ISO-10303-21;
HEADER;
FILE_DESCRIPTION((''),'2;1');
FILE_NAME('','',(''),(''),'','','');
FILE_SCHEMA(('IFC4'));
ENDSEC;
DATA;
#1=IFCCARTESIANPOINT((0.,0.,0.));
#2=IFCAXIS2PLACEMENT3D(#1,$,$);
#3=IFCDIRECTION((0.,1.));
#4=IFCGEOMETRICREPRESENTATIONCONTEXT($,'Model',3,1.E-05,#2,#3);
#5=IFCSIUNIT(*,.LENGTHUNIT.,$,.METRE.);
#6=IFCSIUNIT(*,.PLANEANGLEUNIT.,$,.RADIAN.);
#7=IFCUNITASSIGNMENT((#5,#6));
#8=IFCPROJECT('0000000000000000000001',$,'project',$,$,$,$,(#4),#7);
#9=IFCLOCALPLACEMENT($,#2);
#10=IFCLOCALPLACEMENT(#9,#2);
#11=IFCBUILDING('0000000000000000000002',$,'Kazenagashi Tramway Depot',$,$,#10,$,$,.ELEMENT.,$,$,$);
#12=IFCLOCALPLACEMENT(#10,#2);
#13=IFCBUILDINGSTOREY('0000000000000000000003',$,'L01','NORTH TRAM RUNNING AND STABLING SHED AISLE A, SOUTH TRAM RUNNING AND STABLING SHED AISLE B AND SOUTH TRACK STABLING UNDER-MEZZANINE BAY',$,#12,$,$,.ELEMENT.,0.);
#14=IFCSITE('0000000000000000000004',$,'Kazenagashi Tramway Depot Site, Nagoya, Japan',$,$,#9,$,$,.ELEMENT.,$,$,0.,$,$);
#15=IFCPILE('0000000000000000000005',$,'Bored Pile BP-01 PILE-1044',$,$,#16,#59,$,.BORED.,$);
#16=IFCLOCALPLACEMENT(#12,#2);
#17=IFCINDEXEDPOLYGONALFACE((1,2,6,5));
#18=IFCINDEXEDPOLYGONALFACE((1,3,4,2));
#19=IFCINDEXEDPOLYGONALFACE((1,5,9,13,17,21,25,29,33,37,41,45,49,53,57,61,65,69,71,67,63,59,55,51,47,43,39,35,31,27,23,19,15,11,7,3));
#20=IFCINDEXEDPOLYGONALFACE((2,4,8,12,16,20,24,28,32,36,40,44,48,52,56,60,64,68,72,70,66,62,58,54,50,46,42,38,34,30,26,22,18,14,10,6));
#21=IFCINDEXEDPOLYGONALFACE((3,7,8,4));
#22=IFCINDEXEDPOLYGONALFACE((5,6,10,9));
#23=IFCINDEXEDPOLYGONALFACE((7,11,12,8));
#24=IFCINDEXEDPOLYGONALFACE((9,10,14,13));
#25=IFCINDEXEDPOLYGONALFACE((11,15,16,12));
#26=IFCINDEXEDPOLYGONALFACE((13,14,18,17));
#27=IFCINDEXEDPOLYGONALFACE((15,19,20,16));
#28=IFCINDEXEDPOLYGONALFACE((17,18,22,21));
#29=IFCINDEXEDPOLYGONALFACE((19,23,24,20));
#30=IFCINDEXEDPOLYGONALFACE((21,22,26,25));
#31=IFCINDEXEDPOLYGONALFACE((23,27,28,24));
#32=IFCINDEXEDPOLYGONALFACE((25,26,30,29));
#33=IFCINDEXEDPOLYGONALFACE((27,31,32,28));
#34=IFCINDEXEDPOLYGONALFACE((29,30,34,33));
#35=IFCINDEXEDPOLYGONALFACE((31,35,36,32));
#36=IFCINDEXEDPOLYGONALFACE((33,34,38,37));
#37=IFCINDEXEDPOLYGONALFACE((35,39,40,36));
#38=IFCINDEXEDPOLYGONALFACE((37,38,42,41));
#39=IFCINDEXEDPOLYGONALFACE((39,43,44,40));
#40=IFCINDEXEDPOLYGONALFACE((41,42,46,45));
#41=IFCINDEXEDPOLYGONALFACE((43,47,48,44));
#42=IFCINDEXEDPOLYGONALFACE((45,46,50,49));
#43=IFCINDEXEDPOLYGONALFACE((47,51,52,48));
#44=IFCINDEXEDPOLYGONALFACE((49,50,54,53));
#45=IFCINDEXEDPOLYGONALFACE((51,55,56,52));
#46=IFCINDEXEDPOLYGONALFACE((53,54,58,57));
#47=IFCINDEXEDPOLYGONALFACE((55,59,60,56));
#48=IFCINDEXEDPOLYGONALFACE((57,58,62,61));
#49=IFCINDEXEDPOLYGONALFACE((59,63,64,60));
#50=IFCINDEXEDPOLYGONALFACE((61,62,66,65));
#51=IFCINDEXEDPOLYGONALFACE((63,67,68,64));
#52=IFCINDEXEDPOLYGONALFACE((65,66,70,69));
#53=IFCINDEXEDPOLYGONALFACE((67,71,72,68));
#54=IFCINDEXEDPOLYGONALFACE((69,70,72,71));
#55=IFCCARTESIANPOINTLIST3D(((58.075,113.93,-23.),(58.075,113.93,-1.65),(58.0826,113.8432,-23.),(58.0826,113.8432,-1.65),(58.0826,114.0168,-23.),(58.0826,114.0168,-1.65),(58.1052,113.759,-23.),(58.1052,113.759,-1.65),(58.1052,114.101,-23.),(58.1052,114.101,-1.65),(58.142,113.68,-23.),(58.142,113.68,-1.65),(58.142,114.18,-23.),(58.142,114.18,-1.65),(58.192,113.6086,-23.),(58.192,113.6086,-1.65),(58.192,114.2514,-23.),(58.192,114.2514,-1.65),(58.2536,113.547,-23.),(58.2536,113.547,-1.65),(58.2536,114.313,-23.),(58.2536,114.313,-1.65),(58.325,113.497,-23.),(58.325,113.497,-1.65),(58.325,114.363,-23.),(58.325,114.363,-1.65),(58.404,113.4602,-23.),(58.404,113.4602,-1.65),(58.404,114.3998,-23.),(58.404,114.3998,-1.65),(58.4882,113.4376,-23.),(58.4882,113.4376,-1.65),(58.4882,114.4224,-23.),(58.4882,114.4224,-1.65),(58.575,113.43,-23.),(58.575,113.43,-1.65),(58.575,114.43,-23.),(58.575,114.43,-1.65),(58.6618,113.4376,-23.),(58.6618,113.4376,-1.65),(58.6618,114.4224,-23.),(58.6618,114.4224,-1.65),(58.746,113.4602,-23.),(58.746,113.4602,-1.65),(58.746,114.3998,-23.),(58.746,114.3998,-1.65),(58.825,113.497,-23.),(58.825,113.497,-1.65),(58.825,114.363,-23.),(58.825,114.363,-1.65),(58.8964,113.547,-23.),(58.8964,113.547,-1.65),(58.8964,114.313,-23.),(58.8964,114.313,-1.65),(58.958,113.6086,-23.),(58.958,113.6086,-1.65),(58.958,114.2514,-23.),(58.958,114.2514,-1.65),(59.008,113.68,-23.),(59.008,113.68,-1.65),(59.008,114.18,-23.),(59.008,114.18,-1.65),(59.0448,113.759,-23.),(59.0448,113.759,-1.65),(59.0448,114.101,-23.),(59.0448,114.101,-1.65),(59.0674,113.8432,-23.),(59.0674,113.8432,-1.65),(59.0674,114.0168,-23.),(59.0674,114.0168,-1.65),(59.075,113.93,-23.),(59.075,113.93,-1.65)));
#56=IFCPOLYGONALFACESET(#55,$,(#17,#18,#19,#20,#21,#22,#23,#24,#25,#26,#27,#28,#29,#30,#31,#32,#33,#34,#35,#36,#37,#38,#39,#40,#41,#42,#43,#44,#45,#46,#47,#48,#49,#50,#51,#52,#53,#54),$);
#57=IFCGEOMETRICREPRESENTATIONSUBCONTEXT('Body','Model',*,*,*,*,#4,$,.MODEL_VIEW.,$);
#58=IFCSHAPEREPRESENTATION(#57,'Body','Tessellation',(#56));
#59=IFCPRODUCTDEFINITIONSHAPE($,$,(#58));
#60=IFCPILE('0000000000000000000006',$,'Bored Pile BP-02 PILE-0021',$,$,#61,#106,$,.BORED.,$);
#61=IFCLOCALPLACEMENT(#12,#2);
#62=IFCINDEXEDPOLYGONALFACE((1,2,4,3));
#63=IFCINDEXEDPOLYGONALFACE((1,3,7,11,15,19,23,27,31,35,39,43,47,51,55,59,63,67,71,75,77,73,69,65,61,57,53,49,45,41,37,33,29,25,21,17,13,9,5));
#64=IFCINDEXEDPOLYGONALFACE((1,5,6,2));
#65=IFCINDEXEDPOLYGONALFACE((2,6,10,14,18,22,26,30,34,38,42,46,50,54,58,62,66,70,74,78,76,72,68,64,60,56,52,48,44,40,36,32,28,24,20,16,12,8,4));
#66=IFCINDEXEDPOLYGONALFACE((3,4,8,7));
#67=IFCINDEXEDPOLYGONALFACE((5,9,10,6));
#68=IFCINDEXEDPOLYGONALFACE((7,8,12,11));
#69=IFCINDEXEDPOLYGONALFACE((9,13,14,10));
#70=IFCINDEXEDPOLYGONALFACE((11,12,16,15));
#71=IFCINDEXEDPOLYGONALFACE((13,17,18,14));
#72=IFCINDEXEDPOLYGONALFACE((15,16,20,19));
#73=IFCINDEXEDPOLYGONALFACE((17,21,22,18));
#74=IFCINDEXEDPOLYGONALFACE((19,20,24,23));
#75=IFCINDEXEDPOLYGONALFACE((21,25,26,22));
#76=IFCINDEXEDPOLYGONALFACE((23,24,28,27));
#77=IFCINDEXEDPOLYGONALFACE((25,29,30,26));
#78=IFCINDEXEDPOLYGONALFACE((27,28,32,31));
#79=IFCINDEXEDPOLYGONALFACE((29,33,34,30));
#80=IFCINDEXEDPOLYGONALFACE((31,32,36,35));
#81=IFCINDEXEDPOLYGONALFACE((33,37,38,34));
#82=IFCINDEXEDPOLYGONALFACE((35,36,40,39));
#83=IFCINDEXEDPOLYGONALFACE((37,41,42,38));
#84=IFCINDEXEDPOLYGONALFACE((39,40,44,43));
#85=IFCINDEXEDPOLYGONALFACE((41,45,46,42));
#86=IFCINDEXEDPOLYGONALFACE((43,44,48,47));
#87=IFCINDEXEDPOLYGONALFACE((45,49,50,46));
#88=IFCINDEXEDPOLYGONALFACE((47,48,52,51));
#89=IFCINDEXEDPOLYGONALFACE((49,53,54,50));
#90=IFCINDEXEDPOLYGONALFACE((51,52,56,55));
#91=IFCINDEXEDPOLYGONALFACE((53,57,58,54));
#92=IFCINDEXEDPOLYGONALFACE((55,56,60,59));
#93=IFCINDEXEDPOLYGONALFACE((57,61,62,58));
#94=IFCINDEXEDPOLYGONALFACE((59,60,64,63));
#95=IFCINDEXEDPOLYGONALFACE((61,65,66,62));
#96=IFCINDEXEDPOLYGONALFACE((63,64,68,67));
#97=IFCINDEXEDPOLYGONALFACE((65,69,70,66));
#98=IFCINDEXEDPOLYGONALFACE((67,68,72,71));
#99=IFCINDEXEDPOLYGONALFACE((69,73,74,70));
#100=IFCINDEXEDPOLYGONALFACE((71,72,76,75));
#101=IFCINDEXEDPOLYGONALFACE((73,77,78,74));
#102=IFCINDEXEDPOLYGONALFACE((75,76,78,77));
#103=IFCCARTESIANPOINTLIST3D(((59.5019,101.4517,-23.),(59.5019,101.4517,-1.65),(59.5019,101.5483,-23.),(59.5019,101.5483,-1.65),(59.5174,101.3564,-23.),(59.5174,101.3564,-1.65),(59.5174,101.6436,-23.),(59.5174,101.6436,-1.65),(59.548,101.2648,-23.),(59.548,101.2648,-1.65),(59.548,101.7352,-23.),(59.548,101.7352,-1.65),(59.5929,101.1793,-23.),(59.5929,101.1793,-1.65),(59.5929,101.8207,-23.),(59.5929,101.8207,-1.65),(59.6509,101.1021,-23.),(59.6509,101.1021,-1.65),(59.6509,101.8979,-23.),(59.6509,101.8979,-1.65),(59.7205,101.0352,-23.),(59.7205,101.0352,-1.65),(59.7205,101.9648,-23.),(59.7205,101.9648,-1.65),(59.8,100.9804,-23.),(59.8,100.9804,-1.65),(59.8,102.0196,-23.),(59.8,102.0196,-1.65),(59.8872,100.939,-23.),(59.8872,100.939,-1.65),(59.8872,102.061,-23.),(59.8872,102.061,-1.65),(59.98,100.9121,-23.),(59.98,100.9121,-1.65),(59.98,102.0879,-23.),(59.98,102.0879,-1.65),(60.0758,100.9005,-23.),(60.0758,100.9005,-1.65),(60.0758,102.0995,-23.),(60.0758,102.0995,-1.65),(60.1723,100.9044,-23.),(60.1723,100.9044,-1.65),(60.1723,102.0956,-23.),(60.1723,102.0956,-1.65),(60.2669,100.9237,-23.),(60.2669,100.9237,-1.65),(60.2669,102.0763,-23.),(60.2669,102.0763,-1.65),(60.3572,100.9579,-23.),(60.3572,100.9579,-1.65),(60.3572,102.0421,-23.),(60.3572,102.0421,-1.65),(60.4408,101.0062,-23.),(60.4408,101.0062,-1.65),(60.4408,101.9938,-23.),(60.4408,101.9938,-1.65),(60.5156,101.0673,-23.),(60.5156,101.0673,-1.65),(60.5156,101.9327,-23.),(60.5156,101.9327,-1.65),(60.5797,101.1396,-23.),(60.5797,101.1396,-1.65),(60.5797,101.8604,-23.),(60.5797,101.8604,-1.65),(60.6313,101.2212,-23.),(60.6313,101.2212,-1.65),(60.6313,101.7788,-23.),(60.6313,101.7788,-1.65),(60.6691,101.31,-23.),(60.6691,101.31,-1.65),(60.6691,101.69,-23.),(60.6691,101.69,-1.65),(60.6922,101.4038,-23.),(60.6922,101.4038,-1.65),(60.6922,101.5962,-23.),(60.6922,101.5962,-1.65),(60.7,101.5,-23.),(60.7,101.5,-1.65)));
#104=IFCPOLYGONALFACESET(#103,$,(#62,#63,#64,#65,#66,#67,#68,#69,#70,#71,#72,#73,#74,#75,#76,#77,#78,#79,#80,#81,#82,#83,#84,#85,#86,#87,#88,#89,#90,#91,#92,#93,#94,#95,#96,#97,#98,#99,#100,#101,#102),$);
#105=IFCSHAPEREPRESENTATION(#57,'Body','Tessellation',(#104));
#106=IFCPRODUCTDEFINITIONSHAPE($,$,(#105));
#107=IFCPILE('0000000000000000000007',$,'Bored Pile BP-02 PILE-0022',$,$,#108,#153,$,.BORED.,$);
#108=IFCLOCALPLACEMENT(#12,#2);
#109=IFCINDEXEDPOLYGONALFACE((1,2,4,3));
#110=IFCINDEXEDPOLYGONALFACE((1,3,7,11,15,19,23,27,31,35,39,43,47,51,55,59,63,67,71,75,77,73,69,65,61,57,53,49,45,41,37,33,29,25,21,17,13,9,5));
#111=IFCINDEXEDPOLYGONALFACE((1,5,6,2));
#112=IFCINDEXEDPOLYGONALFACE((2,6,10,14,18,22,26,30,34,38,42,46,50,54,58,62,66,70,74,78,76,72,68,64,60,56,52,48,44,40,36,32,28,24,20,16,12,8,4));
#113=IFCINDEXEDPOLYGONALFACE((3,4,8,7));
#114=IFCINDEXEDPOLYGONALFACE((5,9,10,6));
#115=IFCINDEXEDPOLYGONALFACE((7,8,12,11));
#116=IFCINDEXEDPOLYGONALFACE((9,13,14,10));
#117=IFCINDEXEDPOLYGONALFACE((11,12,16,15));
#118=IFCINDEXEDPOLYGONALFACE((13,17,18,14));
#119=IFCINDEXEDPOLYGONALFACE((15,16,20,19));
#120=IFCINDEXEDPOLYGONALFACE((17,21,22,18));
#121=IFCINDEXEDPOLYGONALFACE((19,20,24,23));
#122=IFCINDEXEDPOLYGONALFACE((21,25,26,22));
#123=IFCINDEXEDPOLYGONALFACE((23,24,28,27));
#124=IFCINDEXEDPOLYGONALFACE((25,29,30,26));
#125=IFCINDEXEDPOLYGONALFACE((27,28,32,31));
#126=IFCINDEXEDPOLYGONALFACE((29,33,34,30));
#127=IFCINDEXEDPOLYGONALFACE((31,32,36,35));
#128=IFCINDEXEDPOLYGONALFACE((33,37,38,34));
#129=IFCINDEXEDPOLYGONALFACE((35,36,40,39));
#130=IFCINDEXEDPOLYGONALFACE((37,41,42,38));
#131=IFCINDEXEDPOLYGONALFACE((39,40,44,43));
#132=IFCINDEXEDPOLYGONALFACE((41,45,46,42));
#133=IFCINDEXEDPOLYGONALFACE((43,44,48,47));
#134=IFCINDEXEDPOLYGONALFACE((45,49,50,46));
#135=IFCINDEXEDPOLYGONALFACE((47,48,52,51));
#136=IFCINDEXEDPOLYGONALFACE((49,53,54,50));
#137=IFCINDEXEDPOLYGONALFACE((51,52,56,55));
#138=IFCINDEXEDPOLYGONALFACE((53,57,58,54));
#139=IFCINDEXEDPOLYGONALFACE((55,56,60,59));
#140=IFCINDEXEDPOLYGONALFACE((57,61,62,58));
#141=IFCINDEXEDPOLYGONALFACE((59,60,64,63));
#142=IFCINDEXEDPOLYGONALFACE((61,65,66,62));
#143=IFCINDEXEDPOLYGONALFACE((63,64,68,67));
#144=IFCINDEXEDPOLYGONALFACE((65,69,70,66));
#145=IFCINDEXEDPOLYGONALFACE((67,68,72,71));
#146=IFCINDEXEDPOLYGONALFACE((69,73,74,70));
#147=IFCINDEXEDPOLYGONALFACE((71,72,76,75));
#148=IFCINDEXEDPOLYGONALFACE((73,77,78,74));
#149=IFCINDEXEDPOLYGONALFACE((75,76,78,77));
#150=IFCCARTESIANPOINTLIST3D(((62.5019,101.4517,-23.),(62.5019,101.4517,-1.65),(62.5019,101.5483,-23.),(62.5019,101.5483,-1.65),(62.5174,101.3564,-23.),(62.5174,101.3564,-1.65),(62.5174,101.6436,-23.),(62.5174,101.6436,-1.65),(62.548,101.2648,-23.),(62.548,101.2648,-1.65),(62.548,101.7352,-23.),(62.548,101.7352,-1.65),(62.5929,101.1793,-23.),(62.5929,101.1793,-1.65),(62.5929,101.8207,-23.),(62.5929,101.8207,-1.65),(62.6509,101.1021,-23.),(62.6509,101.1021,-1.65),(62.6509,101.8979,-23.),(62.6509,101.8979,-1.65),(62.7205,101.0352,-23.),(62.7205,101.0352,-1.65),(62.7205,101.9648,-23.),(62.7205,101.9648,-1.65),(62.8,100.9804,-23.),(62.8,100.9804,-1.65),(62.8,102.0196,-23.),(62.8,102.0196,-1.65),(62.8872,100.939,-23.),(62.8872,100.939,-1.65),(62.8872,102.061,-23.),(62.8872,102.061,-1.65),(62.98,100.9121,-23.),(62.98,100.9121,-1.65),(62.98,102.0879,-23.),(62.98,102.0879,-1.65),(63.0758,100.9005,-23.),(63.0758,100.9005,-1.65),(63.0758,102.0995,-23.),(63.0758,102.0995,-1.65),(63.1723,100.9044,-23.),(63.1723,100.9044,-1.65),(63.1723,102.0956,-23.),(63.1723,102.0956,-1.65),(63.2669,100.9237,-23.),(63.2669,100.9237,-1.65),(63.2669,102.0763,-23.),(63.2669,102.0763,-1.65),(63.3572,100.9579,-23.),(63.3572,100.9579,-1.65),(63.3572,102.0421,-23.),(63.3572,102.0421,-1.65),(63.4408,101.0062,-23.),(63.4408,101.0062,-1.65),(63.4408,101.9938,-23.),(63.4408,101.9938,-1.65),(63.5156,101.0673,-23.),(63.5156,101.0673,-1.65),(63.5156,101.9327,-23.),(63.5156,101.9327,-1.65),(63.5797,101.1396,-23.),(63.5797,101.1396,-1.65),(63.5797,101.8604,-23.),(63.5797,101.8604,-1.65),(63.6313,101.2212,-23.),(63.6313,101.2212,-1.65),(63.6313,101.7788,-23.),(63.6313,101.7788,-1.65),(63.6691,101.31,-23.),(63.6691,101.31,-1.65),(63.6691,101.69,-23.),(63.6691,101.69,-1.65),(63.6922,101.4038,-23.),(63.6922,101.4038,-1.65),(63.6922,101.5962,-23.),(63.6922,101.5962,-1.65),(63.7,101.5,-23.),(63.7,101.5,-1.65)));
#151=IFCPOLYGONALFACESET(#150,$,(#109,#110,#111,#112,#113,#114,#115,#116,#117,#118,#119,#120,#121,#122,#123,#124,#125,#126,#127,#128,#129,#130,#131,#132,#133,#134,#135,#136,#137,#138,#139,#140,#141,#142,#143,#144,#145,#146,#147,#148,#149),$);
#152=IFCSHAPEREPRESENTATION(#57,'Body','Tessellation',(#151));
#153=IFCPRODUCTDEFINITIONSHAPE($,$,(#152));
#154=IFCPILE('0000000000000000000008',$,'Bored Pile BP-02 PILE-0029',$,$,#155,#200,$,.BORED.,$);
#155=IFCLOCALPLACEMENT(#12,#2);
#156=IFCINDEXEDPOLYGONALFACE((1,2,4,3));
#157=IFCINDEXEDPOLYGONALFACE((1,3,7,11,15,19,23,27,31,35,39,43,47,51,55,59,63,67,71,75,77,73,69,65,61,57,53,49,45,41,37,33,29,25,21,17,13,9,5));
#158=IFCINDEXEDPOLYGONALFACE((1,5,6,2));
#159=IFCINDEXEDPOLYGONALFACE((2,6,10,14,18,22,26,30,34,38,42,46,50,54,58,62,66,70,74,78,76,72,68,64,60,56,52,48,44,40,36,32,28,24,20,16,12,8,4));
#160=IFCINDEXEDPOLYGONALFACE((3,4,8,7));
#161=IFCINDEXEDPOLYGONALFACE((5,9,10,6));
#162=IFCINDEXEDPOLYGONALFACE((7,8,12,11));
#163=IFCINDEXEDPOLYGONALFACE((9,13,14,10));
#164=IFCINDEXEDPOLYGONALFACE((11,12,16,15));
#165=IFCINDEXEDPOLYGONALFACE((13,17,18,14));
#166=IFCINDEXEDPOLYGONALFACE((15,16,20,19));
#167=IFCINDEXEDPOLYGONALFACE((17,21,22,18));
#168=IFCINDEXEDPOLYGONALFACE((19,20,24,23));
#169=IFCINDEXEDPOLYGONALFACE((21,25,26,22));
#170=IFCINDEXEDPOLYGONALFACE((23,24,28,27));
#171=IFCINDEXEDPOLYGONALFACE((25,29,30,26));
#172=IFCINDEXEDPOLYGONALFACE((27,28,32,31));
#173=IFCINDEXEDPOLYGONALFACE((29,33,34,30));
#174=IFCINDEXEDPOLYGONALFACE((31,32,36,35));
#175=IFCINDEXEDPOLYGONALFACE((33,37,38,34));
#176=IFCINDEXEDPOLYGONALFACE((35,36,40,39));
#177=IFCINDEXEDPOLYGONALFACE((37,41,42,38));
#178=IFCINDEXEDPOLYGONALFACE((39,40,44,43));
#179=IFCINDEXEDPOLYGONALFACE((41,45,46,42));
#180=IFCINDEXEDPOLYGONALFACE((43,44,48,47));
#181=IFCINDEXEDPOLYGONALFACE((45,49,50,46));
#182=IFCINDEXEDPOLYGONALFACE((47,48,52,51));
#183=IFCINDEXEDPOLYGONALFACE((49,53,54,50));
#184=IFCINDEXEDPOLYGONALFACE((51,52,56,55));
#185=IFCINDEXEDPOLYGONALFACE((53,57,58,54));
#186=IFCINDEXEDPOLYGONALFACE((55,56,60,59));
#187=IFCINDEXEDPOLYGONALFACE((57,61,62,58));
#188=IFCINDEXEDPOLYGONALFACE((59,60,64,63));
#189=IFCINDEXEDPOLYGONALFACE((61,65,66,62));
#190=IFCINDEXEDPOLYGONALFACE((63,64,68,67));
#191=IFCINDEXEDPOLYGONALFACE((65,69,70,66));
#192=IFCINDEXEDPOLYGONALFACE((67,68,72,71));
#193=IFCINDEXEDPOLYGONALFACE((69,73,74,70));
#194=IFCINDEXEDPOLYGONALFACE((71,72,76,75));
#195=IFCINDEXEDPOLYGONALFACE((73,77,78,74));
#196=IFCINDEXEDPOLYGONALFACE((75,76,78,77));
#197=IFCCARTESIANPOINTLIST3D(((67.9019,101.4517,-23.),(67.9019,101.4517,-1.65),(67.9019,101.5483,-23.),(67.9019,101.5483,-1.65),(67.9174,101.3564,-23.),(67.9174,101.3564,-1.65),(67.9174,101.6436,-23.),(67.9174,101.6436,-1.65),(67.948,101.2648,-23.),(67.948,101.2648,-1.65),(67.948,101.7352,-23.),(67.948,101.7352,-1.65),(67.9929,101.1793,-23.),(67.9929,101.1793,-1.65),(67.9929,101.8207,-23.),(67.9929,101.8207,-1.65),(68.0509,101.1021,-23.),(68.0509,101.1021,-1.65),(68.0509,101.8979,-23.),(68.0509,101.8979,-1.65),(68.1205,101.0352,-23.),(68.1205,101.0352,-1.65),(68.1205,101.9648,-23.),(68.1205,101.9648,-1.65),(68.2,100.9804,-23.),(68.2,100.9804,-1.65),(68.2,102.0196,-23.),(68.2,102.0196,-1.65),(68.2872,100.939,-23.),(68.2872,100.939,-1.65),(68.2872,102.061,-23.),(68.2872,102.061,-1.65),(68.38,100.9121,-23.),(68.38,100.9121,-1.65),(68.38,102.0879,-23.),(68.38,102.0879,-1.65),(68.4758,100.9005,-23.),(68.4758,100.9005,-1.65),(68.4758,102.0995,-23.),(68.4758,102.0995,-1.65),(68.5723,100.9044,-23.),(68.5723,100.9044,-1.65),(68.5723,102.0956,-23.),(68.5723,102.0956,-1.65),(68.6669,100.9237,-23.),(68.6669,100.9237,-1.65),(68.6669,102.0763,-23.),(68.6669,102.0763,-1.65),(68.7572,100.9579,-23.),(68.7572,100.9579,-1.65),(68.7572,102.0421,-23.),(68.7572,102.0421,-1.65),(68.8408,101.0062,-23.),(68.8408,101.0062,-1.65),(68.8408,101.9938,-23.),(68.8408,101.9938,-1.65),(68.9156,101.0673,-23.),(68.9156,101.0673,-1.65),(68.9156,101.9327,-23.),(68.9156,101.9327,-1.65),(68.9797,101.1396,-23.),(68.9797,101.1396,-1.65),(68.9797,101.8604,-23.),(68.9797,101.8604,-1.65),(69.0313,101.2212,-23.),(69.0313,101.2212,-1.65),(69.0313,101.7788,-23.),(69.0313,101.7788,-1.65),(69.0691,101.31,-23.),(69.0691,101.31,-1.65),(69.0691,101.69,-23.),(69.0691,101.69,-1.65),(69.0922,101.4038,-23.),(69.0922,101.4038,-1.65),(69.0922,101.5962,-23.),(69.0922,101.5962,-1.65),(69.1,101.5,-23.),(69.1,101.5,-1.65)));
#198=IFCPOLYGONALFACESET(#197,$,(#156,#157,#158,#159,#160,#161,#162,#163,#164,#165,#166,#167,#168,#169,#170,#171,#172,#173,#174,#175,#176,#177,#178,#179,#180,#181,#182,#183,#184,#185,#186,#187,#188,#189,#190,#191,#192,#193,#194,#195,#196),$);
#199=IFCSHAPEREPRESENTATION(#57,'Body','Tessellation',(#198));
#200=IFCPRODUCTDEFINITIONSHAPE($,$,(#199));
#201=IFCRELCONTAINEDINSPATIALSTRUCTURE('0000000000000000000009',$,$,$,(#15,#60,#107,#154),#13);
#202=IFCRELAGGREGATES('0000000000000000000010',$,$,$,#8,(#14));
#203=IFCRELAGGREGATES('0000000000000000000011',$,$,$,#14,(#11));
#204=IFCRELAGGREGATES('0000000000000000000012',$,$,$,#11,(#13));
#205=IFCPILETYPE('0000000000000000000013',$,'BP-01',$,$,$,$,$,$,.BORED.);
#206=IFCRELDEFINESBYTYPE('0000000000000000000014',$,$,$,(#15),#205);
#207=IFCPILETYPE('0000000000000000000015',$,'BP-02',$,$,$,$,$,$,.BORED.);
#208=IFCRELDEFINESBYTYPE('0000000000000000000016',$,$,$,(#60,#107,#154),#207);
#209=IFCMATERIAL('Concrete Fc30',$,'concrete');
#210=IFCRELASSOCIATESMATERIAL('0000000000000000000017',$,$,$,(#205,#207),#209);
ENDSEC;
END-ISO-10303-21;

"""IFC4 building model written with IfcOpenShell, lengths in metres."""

from ifc_helpers import new_model, si_unit, direction, frame, origin, origin_2d, place, context, subcontext, project, spatial, circle, extrude, material, material_profile, profile_set, type_object, element, save


model = new_model("IFC4")

# Units and contexts
model_context = context("Model", 3, precision=1e-05, world=origin(), true_north=direction((0.0, 1.0)))
body_context = subcontext(model_context, "Body", "Model", "MODEL_VIEW")
ifc_project = project(units=[si_unit("LENGTHUNIT", "METRE"), si_unit("PLANEANGLEUNIT", "RADIAN")], contexts=[model_context])

# Site, building, storey
site_placement = place(None, origin())
site = spatial("IfcSite", under=ifc_project, at=site_placement, Name="Kazenagashi Tramway Depot Site, Nagoya, Japan", CompositionType="ELEMENT", RefElevation=0.0)
building_placement = place(site_placement, origin())
building = spatial("IfcBuilding", under=site, at=building_placement, Name="Kazenagashi Tramway Depot", CompositionType="ELEMENT")
storey_placement = place(building_placement, origin())
storey = spatial("IfcBuildingStorey", under=building, at=storey_placement, Name="L01", Description="NORTH TRAM RUNNING AND STABLING SHED AISLE A, SOUTH TRAM RUNNING AND STABLING SHED AISLE B AND SOUTH TRACK STABLING UNDER-MEZZANINE BAY", CompositionType="ELEMENT", Elevation=0.0)

# Piles
ifc_material_1 = material(Name="Concrete Fc30", Category="concrete")
ifc_material_profile_1 = material_profile(ifc_material_1, circle(Radius=0.5, at=origin_2d()), Name="PILE-1000")
ifc_profile_set_1 = profile_set([ifc_material_profile_1], Name="Concrete Fc30")
pile_type_1 = type_object("IfcPileType", Name="BP-01", PredefinedType="BORED", material=ifc_profile_set_1)
for number, where, z_axis, x_axis, name in (
    (1, (58.575, 113.93, -1.65), (0.0, 0.0, -1.0), (1.0, 0.0, 0.0), "Bored Pile BP-01 PILE-1044"),
):
    element("IfcPile", number, at=place(storey_placement, frame(where, z_axis=z_axis, x_axis=x_axis)), inside=storey, type_object=pile_type_1, Name=name, PredefinedType="BORED", context=body_context, shape_type="SweptSolid", body=[
        extrude(circle(Radius=0.5, at=origin_2d()), origin(), (0.0, 0.0, 1.0), 21.35),
    ])
ifc_material_profile_2 = material_profile(ifc_material_1, circle(Radius=0.6, at=origin_2d()), Name="PILE-1200")
ifc_profile_set_2 = profile_set([ifc_material_profile_2], Name="Concrete Fc30")
pile_type_2 = type_object("IfcPileType", Name="BP-02", PredefinedType="BORED", material=ifc_profile_set_2)
for number, where, z_axis, x_axis, name in (
    (2, (60.1, 101.5, -1.65), (0.0, 0.0, -1.0), (1.0, 0.0, 0.0), "Bored Pile BP-02 PILE-0021"),
    (3, (63.1, 101.5, -1.65), (0.0, 0.0, -1.0), (1.0, 0.0, 0.0), "Bored Pile BP-02 PILE-0022"),
    (4, (68.5, 101.5, -1.65), (0.0, 0.0, -1.0), (1.0, 0.0, 0.0), "Bored Pile BP-02 PILE-0029"),
):
    element("IfcPile", number, at=place(storey_placement, frame(where, z_axis=z_axis, x_axis=x_axis)), inside=storey, type_object=pile_type_2, Name=name, PredefinedType="BORED", context=body_context, shape_type="SweptSolid", body=[
        extrude(circle(Radius=0.6, at=origin_2d()), origin(), (0.0, 0.0, 1.0), 21.35),
    ])

save(model, "model.ifc")
